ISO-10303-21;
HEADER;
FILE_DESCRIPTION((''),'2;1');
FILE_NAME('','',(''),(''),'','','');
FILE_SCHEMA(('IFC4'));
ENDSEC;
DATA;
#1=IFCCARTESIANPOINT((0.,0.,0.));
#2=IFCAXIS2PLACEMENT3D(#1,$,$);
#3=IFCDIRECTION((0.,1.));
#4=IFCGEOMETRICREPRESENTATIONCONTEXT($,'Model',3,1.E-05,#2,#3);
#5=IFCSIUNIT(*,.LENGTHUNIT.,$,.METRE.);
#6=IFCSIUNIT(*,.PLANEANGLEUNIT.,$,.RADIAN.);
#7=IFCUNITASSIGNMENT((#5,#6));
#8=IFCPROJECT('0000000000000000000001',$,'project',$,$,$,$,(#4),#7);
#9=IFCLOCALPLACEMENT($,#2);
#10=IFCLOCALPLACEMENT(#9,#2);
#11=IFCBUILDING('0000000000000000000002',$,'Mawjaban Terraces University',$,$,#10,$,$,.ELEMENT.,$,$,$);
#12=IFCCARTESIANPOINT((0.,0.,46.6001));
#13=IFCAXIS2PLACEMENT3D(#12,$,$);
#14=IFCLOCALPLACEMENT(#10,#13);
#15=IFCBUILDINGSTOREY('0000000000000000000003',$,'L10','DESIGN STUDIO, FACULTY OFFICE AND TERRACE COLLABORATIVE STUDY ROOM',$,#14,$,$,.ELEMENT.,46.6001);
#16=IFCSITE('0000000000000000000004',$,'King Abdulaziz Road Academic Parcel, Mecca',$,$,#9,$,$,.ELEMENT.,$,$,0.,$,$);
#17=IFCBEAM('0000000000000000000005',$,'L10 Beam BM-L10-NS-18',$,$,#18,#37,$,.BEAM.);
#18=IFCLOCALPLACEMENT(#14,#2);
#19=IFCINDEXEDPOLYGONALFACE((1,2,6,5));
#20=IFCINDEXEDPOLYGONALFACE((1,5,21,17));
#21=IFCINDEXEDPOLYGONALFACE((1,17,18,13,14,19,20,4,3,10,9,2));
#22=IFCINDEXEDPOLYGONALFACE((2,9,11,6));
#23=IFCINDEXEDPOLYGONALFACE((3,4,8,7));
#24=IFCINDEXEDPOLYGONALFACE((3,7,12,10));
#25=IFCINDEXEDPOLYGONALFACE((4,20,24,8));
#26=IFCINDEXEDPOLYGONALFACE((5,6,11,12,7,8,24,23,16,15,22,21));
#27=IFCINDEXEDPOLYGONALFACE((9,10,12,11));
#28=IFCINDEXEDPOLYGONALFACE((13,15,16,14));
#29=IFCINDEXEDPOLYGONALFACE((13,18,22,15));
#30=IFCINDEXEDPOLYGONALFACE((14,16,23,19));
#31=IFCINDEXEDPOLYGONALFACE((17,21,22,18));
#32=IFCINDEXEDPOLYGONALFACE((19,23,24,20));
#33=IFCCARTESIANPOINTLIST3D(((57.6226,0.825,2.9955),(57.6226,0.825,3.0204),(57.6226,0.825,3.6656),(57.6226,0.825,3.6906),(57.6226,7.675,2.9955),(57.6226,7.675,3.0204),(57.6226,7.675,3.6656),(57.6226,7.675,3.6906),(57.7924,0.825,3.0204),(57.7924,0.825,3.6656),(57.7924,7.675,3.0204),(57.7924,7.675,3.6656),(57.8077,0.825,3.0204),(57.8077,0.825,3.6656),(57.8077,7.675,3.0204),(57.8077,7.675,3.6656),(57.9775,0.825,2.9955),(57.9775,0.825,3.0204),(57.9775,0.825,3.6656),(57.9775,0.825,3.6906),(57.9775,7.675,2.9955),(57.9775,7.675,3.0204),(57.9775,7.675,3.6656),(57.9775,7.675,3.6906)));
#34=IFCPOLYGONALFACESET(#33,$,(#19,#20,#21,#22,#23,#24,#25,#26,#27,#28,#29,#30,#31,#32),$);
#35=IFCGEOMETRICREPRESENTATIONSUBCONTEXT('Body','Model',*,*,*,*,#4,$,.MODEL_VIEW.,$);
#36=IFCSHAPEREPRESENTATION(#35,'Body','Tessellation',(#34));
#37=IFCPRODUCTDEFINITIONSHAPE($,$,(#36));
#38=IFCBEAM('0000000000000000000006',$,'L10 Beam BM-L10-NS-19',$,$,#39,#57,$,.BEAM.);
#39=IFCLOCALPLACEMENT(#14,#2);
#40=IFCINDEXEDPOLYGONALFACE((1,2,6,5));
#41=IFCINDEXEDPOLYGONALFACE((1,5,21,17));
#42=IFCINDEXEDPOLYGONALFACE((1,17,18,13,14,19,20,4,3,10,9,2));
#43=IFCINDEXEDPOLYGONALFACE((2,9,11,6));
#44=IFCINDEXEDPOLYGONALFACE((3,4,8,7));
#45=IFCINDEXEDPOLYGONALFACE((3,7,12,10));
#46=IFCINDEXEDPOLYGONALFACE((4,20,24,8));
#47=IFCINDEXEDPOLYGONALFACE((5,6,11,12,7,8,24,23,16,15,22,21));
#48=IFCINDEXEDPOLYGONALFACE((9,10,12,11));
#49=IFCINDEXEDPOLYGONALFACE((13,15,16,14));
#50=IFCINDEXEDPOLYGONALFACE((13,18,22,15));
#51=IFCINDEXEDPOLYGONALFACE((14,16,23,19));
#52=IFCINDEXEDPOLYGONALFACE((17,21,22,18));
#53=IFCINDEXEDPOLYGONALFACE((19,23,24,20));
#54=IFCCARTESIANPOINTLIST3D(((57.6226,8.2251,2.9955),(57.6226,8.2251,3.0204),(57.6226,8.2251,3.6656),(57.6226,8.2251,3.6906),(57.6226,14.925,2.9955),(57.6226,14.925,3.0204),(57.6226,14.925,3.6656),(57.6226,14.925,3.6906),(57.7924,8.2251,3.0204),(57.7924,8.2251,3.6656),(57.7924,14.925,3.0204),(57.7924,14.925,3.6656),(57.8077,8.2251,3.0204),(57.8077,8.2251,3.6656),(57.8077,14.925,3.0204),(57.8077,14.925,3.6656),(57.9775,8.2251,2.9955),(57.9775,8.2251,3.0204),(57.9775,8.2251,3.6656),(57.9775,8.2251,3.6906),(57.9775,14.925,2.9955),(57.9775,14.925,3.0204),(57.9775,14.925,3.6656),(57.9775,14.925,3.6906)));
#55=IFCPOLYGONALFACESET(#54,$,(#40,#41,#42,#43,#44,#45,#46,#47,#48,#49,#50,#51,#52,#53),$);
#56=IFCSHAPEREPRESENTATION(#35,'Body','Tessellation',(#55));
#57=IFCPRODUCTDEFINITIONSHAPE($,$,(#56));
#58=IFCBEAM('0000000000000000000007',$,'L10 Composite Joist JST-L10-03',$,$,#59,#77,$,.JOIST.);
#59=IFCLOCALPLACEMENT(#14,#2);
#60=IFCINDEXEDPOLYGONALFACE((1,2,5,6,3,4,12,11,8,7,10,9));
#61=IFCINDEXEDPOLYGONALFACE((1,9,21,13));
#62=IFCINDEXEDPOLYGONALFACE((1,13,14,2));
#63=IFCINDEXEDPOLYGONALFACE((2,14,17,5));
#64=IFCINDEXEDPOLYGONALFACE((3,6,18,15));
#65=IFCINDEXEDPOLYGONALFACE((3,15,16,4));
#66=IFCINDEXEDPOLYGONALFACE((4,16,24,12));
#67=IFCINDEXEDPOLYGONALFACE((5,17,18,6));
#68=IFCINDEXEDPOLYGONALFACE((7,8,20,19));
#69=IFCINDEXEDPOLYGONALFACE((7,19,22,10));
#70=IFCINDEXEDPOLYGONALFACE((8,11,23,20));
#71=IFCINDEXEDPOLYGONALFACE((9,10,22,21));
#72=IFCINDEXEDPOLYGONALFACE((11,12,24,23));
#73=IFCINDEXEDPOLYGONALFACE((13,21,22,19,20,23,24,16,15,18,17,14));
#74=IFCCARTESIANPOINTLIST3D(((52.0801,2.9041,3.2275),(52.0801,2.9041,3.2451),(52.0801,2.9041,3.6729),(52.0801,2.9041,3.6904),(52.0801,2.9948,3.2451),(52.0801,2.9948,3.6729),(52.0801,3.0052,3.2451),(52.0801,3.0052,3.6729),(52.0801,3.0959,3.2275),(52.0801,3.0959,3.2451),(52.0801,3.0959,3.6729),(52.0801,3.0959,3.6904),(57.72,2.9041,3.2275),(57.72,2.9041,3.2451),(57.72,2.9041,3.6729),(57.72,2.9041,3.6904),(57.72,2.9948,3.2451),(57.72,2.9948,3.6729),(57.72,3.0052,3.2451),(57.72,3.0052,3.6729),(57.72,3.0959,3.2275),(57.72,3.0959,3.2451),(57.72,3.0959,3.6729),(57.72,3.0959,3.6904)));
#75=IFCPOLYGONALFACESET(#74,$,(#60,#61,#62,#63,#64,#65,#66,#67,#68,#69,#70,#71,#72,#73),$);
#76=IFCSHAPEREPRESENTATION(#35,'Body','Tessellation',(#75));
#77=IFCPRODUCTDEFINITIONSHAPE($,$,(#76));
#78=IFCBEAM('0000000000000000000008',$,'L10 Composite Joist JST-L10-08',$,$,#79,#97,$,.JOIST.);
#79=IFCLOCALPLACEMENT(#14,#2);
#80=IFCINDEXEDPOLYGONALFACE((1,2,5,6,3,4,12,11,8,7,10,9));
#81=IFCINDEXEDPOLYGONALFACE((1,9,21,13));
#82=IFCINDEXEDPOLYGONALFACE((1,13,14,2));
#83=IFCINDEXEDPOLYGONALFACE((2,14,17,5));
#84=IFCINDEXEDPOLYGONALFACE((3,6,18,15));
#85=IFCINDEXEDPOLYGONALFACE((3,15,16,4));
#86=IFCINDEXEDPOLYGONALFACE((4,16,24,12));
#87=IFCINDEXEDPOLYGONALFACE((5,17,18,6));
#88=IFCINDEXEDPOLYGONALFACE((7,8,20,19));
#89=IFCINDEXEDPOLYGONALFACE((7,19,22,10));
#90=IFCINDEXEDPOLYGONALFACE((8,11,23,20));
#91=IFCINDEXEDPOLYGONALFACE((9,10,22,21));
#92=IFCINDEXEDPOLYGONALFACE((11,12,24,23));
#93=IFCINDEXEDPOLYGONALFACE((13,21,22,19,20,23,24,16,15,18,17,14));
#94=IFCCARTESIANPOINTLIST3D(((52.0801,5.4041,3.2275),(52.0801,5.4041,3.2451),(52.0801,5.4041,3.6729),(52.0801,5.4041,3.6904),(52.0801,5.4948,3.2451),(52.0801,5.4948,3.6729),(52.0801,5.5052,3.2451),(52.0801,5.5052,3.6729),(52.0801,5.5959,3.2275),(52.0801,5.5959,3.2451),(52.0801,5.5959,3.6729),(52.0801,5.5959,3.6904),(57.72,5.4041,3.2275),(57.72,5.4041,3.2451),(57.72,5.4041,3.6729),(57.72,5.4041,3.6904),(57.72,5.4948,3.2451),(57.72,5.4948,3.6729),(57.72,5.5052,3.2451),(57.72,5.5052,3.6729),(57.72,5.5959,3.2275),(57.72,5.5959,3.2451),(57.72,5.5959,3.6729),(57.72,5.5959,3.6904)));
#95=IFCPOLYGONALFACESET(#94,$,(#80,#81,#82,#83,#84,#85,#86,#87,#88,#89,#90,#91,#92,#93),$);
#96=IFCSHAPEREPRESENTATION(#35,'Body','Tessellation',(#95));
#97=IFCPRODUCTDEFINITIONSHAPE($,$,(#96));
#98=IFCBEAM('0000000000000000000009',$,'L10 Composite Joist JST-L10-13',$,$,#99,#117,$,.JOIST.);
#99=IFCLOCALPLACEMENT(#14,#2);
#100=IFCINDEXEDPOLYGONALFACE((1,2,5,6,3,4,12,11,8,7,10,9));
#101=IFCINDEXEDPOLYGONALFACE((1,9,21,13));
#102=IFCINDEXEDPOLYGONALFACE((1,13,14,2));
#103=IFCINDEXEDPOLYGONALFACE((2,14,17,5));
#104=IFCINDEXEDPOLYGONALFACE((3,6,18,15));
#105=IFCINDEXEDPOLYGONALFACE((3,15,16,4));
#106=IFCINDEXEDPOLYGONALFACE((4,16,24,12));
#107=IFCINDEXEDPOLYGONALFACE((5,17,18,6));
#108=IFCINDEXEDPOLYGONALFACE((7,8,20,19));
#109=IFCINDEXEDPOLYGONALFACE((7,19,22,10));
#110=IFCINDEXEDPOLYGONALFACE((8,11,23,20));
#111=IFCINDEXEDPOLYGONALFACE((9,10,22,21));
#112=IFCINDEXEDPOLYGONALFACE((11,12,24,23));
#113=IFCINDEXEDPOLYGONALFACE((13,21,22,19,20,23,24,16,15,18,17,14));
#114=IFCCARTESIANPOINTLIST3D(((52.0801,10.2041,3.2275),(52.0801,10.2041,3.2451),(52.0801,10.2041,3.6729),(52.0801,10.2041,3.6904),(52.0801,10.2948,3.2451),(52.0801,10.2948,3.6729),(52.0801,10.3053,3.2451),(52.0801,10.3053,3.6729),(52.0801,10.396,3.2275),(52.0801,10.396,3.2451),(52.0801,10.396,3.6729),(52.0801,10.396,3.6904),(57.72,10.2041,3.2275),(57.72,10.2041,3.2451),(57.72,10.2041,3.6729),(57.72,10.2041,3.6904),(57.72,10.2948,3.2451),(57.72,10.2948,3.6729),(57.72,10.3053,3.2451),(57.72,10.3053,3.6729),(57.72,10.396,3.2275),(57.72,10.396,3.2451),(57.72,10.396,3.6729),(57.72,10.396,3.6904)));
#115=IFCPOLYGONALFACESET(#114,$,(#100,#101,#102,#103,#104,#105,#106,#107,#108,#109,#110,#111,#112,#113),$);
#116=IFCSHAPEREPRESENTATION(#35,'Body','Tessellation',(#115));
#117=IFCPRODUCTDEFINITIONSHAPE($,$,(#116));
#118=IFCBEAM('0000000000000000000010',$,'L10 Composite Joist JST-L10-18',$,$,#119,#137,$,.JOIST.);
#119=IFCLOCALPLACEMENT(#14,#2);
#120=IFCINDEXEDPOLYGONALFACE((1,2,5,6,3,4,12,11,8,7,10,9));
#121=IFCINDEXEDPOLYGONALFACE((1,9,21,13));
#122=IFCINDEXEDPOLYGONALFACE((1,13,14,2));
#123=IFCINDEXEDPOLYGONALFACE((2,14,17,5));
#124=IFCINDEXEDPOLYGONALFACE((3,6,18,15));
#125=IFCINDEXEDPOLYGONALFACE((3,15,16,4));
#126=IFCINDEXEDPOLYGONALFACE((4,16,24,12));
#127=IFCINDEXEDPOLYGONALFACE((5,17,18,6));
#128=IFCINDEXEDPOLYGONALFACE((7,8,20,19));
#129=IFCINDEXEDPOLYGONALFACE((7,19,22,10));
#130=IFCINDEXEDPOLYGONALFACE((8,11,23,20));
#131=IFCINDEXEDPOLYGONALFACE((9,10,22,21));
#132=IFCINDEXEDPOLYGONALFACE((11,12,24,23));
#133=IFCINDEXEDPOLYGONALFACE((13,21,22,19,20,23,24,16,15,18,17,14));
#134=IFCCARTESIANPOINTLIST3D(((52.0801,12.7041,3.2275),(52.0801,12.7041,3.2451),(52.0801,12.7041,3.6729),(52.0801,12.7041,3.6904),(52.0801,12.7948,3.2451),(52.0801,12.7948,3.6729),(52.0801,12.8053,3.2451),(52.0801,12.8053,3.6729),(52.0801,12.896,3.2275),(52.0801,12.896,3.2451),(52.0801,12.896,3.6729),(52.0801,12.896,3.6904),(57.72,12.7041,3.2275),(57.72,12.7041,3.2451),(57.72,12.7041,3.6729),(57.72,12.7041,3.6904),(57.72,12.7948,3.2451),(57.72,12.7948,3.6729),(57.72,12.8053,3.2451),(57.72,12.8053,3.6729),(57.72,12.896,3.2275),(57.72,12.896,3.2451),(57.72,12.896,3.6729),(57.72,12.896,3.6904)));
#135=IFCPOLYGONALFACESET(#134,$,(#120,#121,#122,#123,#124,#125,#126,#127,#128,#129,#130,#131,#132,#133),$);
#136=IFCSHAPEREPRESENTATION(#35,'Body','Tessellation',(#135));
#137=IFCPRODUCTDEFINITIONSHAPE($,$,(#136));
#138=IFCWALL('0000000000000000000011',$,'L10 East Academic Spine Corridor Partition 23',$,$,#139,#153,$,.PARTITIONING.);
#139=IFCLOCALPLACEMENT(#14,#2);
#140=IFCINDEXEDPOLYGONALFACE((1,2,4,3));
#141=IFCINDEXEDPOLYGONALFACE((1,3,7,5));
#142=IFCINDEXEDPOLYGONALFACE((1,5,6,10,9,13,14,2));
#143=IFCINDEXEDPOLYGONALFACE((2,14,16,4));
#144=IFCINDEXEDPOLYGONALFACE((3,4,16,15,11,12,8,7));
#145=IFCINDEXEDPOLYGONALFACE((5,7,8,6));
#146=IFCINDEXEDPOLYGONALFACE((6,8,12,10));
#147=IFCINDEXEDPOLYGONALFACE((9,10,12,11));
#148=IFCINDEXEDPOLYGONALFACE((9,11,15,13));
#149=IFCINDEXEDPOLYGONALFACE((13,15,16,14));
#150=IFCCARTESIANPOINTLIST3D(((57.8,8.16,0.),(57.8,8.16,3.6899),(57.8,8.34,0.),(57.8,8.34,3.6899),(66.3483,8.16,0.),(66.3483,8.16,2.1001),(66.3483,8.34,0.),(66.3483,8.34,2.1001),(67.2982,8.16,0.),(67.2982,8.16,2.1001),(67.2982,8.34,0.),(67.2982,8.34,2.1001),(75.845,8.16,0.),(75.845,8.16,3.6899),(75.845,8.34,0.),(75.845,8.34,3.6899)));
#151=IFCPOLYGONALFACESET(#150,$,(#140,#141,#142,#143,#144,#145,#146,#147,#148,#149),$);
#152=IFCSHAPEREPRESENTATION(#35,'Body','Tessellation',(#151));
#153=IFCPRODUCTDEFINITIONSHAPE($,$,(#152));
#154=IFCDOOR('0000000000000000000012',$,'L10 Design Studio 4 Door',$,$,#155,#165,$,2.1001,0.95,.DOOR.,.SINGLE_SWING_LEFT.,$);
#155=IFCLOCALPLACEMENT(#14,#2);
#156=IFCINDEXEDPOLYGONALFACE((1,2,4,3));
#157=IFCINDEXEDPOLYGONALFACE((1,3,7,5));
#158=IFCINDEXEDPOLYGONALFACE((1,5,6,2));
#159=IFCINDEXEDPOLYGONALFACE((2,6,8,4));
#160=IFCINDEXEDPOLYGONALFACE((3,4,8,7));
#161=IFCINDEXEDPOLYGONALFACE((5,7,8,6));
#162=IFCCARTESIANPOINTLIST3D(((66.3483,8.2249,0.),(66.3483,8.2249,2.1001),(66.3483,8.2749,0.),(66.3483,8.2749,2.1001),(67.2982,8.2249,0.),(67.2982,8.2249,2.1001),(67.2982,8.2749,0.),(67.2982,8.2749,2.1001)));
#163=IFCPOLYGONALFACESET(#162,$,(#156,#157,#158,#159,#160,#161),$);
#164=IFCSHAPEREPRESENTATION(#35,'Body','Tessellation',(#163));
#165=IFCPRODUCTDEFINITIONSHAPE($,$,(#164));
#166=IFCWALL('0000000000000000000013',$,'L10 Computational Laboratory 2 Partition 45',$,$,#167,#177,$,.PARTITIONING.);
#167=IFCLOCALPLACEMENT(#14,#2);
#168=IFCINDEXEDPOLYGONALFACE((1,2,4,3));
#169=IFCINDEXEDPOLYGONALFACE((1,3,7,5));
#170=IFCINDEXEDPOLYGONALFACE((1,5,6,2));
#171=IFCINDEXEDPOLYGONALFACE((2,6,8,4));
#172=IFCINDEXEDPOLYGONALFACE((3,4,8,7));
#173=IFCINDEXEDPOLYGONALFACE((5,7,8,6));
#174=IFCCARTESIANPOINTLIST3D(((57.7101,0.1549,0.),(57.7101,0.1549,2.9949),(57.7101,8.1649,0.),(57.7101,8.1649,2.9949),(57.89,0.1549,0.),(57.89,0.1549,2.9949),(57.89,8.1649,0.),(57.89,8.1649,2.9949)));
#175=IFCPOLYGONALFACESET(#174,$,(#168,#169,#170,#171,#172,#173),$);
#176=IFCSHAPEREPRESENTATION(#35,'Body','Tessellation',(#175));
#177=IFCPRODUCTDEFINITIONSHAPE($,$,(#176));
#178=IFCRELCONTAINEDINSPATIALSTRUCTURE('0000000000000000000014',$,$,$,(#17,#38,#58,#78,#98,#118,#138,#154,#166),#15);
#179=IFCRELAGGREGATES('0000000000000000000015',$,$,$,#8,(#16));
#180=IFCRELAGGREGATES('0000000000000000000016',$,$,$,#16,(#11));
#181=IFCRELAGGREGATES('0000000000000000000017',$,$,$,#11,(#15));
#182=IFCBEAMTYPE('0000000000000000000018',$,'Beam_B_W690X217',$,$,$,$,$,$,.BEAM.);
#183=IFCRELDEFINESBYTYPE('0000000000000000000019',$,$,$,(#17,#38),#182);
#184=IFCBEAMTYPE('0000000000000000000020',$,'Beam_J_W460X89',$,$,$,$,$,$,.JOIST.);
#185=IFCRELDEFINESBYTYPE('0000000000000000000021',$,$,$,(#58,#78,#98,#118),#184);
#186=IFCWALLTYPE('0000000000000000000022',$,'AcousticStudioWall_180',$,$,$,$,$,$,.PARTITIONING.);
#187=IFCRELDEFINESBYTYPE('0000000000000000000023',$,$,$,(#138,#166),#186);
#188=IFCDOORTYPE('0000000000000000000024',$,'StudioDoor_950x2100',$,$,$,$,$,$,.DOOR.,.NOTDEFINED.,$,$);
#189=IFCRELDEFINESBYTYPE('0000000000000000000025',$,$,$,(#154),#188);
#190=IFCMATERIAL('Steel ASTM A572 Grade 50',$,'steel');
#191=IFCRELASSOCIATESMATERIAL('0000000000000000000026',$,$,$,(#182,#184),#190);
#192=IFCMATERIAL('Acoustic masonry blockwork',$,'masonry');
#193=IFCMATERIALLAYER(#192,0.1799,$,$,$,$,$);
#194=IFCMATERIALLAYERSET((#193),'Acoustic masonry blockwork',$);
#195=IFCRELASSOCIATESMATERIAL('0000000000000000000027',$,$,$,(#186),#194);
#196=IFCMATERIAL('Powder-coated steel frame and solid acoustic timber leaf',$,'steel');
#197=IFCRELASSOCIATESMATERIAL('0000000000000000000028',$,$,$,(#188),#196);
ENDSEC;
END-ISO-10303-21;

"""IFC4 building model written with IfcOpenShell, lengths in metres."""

from ifc_helpers import new_model, si_unit, direction, frame, frame_2d, origin, origin_2d, place, context, subcontext, project, spatial, rectangle, i_section, extrude, material, layer, layer_set, material_profile, profile_set, type_object, element, fill, save


model = new_model("IFC4")

# Units and contexts
model_context = context("Model", 3, precision=1e-05, world=origin(), true_north=direction((0.0, 1.0)))
body_context = subcontext(model_context, "Body", "Model", "MODEL_VIEW")
ifc_project = project(units=[si_unit("LENGTHUNIT", "METRE"), si_unit("PLANEANGLEUNIT", "RADIAN")], contexts=[model_context])

# Site, building, storey
site_placement = place(None, origin())
site = spatial("IfcSite", under=ifc_project, at=site_placement, Name="King Abdulaziz Road Academic Parcel, Mecca", CompositionType="ELEMENT", RefElevation=0.0)
building_placement = place(site_placement, origin())
building = spatial("IfcBuilding", under=site, at=building_placement, Name="Mawjaban Terraces University", CompositionType="ELEMENT")
storey_placement = place(building_placement, frame((0.0, 0.0, 46.6001)))
storey = spatial("IfcBuildingStorey", under=building, at=storey_placement, Name="L10", Description="DESIGN STUDIO, FACULTY OFFICE AND TERRACE COLLABORATIVE STUDY ROOM", CompositionType="ELEMENT", Elevation=46.6001)

# Beams
ifc_material_1 = material(Name="Steel ASTM A572 Grade 50", Category="steel")
ifc_material_profile_1 = material_profile(ifc_material_1, i_section(OverallWidth=0.355, OverallDepth=0.6951, WebThickness=0.0154, FlangeThickness=0.0249, at=origin_2d()), Name="W690X217")
ifc_profile_set_1 = profile_set([ifc_material_profile_1], Name="Steel ASTM A572 Grade 50")
beam_type_1 = type_object("IfcBeamType", Name="Beam_B_W690X217", PredefinedType="BEAM", material=ifc_profile_set_1)
beam_1_placement = place(storey_placement, frame((57.8, 0.825, 3.343), z_axis=(0.0, 1.0, 0.0), x_axis=(-1.0, 0.0, 0.0)))
element("IfcBeam", 1, at=beam_1_placement, inside=storey, type_object=beam_type_1, Name="L10 Beam BM-L10-NS-18", PredefinedType="BEAM", context=body_context, shape_type="SweptSolid", body=[
    extrude(i_section(OverallWidth=0.355, OverallDepth=0.6951, WebThickness=0.0154, FlangeThickness=0.0249, at=origin_2d()), origin(), (0.0, 0.0, 1.0), 6.8501),
])
beam_2_placement = place(storey_placement, frame((57.8, 8.2251, 3.343), z_axis=(0.0, 1.0, 0.0), x_axis=(-1.0, 0.0, 0.0)))
element("IfcBeam", 2, at=beam_2_placement, inside=storey, type_object=beam_type_1, Name="L10 Beam BM-L10-NS-19", PredefinedType="BEAM", context=body_context, shape_type="SweptSolid", body=[
    extrude(i_section(OverallWidth=0.355, OverallDepth=0.6951, WebThickness=0.0154, FlangeThickness=0.0249, at=origin_2d()), origin(), (0.0, 0.0, 1.0), 6.7),
])
ifc_material_profile_2 = material_profile(ifc_material_1, i_section(OverallWidth=0.1919, OverallDepth=0.4629, WebThickness=0.0105, FlangeThickness=0.0176, at=origin_2d()), Name="W460X89")
ifc_profile_set_2 = profile_set([ifc_material_profile_2], Name="Steel ASTM A572 Grade 50")
beam_type_2 = type_object("IfcBeamType", Name="Beam_J_W460X89", PredefinedType="JOIST", material=ifc_profile_set_2)
for number, where, z_axis, x_axis, name in (
    (3, (52.0801, 3.0, 3.459), (1.0, 0.0, 0.0), (0.0, 1.0, 0.0), "L10 Composite Joist JST-L10-03"),
    (4, (52.0801, 5.5, 3.459), (1.0, 0.0, 0.0), (0.0, 1.0, 0.0), "L10 Composite Joist JST-L10-08"),
    (5, (52.0801, 10.3, 3.459), (1.0, 0.0, 0.0), (0.0, 1.0, 0.0), "L10 Composite Joist JST-L10-13"),
    (6, (52.0801, 12.8, 3.459), (1.0, 0.0, 0.0), (0.0, 1.0, 0.0), "L10 Composite Joist JST-L10-18"),
):
    element("IfcBeam", number, at=place(storey_placement, frame(where, z_axis=z_axis, x_axis=x_axis)), inside=storey, type_object=beam_type_2, Name=name, PredefinedType="JOIST", context=body_context, shape_type="SweptSolid", body=[
        extrude(i_section(OverallWidth=0.1919, OverallDepth=0.4629, WebThickness=0.0105, FlangeThickness=0.0176, at=origin_2d()), origin(), (0.0, 0.0, 1.0), 5.6399),
    ])

# Wall, opening, door
ifc_material_2 = material(Name="Acoustic masonry blockwork", Category="masonry")
ifc_layer_1 = layer(ifc_material_2, 0.1799)
ifc_layer_set_1 = layer_set([ifc_layer_1], Name="Acoustic masonry blockwork")
wall_type_1 = type_object("IfcWallType", Name="AcousticStudioWall_180", PredefinedType="PARTITIONING", material=ifc_layer_set_1)
wall_1_placement = place(storey_placement, frame((57.8, 8.25, 0.0), z_axis=(0.0, 0.0, 1.0), x_axis=(1.0, 0.0, 0.0)))
wall_1 = element("IfcWall", 7, at=wall_1_placement, inside=storey, type_object=wall_type_1, Name="L10 East Academic Spine Corridor Partition 23", PredefinedType="PARTITIONING", context=body_context, shape_type="SweptSolid", body=[
    extrude(rectangle(XDim=18.0449, YDim=0.1799, at=frame_2d((9.0225, 0.0))), origin(), (0.0, 0.0, 1.0), 3.6899),
])
opening_1_placement = place(wall_1_placement, frame((8.5481, 0.0, 0.0)))
opening_1 = element("IfcOpeningElement", 8, at=opening_1_placement, cuts=wall_1, PredefinedType="OPENING", context=body_context, shape_type="SweptSolid", body=[
    extrude(rectangle(XDim=0.95, YDim=2.1001, at=frame_2d((0.4751, 1.05))), frame((0.0, 0.0999, 0.0), z_axis=(0.0, -1.0, 0.0), x_axis=(1.0, 0.0, 0.0)), (0.0, 0.0, 1.0), 0.2),
])
ifc_material_3 = material(Name="Powder-coated steel frame and solid acoustic timber leaf", Category="steel")
door_type_1 = type_object("IfcDoorType", Name="StudioDoor_950x2100", OperationType="NOTDEFINED", PredefinedType="DOOR", material=ifc_material_3)
door_1_placement = place(opening_1_placement, origin())
door_1 = element("IfcDoor", 9, at=door_1_placement, inside=storey, type_object=door_type_1, Name="L10 Design Studio 4 Door", OperationType="SINGLE_SWING_LEFT", OverallHeight=2.1001, OverallWidth=0.95, PredefinedType="DOOR", context=body_context, shape_type="SweptSolid", body=[
    extrude(rectangle(XDim=0.95, YDim=2.1001, at=frame_2d((0.4751, 1.05))), frame((0.0, 0.0249, 0.0), z_axis=(0.0, -1.0, 0.0), x_axis=(1.0, 0.0, 0.0)), (0.0, 0.0, 1.0), 0.05),
])
fill(opening_1, door_1)

# Wall
wall_2_placement = place(storey_placement, frame((57.8, 0.155, 0.0), z_axis=(0.0, 0.0, 1.0), x_axis=(0.0, 1.0, 0.0)))
element("IfcWall", 10, at=wall_2_placement, inside=storey, type_object=wall_type_1, Name="L10 Computational Laboratory 2 Partition 45", PredefinedType="PARTITIONING", context=body_context, shape_type="SweptSolid", body=[
    extrude(rectangle(XDim=8.01, YDim=0.1799, at=frame_2d((4.0049, 0.0))), origin(), (0.0, 0.0, 1.0), 2.9949),
])

save(model, "model.ifc")
